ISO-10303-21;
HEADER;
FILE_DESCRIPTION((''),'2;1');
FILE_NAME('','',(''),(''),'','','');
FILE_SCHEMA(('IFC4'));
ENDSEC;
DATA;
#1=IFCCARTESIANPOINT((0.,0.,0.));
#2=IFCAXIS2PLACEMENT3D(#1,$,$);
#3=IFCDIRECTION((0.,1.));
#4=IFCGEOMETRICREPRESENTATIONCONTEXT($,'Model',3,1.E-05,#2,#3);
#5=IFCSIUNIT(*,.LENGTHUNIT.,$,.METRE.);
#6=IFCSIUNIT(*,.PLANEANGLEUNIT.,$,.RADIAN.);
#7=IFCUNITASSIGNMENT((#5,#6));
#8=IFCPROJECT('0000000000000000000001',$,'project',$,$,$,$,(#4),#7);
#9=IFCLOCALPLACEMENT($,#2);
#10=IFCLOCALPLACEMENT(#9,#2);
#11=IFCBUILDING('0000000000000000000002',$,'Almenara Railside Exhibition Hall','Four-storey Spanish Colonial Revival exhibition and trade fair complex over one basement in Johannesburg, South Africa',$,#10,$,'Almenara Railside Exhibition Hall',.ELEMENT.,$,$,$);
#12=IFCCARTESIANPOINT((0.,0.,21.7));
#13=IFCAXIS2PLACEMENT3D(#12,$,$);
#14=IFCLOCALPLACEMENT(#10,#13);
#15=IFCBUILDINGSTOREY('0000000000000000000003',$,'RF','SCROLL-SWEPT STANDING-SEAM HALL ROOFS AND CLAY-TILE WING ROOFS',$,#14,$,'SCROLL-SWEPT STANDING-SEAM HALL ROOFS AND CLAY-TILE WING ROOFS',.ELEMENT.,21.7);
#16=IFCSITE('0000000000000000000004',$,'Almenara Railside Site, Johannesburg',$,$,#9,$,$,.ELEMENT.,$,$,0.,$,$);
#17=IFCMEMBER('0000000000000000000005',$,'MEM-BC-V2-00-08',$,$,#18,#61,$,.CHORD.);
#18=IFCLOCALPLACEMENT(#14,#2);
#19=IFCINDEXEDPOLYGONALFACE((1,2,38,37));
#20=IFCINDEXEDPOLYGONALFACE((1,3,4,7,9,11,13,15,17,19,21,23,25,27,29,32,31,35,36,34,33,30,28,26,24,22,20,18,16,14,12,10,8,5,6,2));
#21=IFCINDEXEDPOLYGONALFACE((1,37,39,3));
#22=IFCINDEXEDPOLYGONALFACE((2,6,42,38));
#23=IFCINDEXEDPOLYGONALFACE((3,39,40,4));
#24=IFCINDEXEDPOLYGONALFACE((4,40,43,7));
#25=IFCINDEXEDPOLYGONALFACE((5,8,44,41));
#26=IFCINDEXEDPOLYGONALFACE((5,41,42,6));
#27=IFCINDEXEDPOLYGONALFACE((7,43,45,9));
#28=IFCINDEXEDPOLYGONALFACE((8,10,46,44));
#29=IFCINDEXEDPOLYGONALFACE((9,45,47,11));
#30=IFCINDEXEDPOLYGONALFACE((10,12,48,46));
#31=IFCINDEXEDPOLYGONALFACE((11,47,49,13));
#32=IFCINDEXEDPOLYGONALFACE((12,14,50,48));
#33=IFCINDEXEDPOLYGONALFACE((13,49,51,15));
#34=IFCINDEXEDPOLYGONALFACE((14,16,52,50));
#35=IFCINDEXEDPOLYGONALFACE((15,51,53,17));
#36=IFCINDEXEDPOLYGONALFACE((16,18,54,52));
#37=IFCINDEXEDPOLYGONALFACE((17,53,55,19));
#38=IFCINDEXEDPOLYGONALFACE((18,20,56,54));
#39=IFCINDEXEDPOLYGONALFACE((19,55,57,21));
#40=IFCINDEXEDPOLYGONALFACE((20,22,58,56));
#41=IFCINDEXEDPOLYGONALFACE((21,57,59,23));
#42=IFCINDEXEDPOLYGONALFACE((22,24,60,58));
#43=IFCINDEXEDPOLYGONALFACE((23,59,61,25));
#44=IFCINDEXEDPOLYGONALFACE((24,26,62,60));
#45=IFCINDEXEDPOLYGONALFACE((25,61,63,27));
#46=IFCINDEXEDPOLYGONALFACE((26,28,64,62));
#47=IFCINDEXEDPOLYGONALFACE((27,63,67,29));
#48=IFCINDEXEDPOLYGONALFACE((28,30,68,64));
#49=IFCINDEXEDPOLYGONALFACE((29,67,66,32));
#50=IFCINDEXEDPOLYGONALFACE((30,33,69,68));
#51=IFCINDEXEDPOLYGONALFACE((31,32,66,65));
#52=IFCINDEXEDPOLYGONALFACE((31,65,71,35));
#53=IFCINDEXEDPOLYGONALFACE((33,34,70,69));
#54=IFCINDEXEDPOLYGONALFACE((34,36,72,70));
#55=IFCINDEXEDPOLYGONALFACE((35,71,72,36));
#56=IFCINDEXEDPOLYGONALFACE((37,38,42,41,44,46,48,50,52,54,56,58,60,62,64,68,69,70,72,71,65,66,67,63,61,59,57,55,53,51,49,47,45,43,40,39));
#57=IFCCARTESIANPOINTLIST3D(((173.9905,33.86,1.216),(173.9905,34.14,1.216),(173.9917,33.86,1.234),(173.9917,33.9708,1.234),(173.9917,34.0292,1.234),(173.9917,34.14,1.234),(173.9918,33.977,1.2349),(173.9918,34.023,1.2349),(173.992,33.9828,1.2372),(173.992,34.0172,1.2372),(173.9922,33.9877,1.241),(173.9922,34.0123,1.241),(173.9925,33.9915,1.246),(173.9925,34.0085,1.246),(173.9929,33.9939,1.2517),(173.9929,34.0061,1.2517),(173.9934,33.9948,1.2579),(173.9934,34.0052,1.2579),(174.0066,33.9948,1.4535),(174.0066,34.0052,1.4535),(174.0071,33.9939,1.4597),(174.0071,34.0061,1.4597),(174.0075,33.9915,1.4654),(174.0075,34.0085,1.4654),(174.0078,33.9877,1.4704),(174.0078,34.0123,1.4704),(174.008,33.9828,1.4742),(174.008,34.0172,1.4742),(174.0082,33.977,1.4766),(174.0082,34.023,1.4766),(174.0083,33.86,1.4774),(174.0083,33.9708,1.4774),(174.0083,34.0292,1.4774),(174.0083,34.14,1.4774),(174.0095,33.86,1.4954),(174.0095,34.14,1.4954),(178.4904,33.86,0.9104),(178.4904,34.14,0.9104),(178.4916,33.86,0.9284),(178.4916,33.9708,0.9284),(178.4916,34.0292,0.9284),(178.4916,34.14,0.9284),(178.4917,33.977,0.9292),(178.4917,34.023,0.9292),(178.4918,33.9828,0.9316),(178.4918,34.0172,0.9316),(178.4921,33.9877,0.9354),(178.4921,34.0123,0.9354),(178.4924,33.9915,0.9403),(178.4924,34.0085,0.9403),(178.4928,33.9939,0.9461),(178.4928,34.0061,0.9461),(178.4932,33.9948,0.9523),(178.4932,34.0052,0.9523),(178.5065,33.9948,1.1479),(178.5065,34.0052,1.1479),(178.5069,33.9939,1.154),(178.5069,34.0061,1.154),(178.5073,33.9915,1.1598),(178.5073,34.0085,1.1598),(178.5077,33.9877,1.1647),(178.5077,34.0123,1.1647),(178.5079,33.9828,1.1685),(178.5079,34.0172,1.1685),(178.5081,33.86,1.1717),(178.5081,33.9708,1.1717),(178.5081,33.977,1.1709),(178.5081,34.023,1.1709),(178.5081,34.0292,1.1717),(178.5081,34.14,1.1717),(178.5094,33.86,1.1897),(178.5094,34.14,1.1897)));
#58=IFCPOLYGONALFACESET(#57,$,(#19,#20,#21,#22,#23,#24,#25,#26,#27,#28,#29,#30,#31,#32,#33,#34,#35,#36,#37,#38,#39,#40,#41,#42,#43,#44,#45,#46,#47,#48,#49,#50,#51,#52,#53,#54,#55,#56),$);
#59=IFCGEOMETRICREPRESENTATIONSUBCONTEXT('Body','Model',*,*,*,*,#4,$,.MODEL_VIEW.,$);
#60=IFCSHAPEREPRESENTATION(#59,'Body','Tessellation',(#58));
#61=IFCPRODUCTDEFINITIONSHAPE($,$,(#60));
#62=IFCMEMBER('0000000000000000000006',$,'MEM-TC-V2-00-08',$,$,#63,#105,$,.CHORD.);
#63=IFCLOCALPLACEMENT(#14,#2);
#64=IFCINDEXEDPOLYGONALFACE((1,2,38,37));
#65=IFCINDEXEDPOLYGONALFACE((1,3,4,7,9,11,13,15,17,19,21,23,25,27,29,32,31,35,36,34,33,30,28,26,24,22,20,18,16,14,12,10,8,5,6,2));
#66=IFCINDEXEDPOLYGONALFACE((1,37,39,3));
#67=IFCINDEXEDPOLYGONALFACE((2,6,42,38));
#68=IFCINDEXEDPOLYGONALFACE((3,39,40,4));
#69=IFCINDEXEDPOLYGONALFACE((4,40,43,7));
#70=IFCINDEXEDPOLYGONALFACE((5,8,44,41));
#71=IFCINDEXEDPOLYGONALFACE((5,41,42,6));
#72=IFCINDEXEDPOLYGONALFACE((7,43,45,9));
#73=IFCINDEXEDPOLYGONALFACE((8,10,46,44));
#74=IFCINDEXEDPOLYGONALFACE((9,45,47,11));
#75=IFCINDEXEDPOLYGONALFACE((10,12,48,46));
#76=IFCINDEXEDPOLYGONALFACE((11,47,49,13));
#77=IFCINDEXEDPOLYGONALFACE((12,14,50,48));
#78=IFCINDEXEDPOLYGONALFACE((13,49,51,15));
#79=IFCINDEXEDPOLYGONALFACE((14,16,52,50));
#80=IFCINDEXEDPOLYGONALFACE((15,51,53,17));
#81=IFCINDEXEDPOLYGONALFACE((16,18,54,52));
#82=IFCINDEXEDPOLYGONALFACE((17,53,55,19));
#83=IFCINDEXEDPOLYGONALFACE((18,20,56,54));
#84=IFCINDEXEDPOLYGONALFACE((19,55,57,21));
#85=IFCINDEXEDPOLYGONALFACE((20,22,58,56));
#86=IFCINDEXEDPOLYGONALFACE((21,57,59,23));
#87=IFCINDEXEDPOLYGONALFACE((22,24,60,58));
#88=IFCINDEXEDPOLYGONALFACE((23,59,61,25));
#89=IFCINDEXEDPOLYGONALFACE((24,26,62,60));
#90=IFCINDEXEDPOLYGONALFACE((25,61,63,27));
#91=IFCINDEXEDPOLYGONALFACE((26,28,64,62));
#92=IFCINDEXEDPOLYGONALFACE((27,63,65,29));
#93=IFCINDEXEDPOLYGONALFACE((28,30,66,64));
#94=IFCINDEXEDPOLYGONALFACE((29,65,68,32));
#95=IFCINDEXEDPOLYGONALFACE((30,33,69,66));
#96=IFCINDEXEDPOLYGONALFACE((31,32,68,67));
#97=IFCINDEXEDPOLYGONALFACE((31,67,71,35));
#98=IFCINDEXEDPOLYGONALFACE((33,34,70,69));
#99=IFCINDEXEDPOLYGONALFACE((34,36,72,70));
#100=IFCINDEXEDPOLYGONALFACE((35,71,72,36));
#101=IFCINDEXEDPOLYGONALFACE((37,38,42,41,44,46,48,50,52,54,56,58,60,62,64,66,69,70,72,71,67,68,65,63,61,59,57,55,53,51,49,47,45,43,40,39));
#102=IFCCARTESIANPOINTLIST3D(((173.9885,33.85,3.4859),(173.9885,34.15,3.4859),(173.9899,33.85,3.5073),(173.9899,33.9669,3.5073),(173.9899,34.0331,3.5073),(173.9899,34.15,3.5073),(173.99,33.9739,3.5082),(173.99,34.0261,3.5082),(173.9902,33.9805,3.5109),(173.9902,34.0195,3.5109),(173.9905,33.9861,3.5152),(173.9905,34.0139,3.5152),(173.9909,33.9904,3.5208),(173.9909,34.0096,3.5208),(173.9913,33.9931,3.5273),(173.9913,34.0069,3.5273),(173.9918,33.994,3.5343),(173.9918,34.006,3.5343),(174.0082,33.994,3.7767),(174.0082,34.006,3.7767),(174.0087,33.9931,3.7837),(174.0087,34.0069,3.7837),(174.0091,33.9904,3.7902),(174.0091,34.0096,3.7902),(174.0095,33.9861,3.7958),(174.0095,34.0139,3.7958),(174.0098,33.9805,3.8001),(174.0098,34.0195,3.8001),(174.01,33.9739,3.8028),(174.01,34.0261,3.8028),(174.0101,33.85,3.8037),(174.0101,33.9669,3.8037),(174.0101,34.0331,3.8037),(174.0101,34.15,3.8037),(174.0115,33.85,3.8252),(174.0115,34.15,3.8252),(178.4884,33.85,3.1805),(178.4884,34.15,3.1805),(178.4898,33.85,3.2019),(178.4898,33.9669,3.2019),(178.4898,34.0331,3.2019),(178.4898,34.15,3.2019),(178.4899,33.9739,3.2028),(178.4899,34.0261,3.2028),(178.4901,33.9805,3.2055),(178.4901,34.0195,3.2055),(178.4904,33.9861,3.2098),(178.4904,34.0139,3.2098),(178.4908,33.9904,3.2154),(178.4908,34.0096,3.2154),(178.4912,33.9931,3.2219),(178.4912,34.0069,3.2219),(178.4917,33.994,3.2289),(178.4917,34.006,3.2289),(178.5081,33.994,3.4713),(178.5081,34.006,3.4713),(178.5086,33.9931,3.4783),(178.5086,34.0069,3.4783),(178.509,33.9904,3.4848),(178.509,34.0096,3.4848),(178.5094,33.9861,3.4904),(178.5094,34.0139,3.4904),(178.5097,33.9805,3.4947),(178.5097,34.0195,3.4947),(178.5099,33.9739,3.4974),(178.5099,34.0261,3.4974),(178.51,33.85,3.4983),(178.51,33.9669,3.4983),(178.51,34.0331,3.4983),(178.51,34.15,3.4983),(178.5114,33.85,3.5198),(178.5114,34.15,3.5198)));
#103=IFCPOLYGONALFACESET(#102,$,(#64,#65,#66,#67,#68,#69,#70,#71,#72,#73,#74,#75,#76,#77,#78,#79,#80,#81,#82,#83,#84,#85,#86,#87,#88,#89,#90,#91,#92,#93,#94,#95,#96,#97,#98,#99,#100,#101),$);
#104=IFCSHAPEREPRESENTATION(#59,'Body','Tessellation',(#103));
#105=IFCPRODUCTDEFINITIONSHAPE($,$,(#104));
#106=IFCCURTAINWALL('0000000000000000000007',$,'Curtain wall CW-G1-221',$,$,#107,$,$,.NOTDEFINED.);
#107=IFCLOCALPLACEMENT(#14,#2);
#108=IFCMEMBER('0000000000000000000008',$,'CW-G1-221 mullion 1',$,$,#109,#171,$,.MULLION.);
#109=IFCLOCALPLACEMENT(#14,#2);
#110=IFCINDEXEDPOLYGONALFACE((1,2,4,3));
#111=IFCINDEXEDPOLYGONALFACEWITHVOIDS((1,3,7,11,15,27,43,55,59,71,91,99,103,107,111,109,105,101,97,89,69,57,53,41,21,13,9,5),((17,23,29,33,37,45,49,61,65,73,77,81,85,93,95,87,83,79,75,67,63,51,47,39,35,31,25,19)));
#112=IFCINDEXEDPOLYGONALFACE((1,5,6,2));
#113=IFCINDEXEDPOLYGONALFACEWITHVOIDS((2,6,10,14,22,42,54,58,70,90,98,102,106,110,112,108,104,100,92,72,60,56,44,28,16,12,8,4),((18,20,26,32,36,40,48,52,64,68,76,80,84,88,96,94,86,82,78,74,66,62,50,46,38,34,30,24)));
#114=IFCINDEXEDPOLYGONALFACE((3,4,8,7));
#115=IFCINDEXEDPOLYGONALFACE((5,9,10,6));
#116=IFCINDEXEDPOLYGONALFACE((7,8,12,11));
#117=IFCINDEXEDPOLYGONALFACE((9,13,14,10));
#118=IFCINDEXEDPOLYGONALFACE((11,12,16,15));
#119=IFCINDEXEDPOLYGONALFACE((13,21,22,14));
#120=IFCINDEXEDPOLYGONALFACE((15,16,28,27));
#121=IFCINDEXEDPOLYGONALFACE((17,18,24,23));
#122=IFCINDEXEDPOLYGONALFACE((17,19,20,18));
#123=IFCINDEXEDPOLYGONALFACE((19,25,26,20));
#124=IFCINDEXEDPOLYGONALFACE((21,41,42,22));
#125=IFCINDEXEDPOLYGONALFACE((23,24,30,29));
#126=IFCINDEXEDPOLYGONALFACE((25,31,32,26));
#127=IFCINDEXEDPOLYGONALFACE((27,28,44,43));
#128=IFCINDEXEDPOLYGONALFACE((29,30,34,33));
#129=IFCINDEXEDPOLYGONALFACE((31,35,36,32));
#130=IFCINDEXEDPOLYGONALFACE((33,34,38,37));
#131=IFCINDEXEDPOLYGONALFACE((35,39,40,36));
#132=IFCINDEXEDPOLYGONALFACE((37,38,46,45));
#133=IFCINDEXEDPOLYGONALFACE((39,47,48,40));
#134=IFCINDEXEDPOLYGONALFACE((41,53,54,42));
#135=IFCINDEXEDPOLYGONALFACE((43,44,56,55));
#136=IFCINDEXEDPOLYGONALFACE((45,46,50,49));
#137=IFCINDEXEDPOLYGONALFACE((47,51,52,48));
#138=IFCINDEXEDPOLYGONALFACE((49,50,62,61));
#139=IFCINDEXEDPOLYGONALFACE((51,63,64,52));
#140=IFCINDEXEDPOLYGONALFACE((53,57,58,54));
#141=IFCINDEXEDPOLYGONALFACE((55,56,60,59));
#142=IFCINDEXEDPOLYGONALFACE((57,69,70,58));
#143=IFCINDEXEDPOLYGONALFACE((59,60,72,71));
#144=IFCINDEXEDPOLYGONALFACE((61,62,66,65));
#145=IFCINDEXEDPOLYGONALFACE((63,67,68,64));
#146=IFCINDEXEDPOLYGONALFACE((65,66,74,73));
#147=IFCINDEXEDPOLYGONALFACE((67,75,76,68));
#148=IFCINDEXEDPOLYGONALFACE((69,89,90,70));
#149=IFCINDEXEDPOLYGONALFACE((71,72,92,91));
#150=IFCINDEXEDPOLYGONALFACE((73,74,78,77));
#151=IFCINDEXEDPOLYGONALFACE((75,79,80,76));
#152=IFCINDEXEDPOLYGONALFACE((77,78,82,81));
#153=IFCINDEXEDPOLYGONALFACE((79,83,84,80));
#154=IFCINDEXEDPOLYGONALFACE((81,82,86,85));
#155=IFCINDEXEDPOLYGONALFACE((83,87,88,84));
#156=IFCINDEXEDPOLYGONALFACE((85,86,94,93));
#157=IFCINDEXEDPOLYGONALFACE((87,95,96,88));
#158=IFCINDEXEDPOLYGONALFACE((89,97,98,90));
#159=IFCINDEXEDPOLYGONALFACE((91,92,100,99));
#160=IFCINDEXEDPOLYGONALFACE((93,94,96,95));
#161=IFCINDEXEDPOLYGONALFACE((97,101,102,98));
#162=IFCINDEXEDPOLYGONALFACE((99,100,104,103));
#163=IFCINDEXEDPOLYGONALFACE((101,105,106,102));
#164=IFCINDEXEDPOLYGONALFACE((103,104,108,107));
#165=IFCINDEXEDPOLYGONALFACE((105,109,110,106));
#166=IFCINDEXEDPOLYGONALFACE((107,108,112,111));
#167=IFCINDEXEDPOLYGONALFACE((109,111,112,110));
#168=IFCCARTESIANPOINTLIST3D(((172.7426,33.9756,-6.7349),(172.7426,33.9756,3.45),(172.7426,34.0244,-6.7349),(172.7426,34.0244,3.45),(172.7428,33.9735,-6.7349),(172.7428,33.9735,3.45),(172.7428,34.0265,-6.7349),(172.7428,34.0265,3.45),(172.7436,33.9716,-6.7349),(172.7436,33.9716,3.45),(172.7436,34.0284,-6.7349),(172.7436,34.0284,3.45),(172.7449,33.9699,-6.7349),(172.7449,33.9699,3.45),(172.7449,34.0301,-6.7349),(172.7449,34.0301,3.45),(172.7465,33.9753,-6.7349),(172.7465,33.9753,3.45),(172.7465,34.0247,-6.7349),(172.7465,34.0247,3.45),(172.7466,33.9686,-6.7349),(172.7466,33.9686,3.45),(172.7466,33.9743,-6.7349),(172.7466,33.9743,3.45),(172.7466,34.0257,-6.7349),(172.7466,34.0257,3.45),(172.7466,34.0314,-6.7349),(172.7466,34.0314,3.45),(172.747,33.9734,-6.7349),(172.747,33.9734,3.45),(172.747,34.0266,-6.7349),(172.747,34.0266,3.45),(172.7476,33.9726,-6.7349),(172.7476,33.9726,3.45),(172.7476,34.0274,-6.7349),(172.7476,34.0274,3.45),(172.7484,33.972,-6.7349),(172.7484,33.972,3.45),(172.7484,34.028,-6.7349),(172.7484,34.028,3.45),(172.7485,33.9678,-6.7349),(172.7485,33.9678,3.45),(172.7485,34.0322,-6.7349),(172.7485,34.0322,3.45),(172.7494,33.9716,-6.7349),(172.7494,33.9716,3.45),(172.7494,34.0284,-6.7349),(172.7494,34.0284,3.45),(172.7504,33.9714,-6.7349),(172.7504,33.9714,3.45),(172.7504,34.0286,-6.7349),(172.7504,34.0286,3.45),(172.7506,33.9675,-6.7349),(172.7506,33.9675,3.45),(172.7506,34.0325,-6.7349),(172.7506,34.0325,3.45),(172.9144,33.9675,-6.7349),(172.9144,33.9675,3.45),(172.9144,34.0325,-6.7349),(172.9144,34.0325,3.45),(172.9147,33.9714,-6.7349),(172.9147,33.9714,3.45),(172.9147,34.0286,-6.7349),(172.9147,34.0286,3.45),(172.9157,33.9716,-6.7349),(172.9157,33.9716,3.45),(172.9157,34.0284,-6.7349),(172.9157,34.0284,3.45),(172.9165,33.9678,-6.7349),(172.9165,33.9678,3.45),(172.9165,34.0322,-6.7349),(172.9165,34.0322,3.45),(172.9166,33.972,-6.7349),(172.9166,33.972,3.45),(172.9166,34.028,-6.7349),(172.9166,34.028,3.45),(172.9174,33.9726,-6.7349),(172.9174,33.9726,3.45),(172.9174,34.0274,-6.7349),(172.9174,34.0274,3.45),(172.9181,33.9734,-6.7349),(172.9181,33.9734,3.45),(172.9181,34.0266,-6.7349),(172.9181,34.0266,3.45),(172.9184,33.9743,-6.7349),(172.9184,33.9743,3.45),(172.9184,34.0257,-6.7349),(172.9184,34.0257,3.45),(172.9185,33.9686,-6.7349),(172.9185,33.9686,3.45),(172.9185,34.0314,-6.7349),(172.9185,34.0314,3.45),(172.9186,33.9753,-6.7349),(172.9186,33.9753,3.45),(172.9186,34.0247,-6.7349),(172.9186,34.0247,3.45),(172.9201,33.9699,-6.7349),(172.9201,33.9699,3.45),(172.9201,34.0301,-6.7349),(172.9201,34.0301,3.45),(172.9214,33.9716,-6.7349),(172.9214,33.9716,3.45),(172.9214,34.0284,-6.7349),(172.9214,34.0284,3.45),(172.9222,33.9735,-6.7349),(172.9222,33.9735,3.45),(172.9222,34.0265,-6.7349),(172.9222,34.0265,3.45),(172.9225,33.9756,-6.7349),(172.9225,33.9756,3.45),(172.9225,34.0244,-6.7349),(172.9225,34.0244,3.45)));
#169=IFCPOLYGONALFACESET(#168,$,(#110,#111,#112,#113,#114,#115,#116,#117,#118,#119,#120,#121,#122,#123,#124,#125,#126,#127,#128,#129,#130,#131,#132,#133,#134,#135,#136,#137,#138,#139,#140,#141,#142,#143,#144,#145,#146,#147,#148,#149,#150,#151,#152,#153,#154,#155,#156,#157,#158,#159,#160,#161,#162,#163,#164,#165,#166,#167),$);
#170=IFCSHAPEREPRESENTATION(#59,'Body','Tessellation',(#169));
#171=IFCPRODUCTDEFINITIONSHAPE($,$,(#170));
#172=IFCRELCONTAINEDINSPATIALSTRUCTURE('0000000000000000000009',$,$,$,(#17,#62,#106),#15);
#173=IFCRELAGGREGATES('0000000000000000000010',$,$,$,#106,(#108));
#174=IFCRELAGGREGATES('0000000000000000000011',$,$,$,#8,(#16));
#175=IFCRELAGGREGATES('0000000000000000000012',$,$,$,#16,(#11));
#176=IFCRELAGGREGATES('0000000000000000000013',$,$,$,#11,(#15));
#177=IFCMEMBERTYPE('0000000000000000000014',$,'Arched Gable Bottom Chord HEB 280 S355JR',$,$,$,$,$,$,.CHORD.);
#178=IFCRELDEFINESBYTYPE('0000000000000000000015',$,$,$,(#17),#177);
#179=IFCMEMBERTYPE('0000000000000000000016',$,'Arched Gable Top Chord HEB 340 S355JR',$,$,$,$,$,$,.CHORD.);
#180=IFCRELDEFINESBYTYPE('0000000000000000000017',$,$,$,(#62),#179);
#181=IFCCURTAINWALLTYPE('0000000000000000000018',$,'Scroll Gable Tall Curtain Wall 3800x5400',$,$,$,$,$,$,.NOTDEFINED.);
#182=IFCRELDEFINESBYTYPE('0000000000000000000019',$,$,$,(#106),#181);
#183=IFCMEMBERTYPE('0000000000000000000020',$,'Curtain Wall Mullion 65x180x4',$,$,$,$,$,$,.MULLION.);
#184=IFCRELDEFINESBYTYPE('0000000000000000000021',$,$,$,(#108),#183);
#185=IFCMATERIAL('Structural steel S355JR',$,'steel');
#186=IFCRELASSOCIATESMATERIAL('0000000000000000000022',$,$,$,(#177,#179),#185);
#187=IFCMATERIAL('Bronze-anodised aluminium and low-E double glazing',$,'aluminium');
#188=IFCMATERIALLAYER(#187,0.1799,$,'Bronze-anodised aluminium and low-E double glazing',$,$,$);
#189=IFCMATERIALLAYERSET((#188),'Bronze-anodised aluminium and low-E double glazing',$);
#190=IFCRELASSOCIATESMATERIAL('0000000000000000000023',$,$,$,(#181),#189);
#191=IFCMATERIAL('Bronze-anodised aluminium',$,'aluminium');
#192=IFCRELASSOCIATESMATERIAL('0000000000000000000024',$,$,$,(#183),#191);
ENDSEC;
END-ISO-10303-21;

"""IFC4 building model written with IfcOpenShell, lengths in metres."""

from ifc_helpers import new_model, si_unit, direction, frame, origin, origin_2d, place, context, subcontext, project, spatial, hollow_rectangle, i_section, extrude, material, layer, layer_set, material_profile, profile_set, type_object, element, aggregate, save


model = new_model("IFC4")

# Units and contexts
model_context = context("Model", 3, precision=1e-05, world=origin(), true_north=direction((0.0, 1.0)))
body_context = subcontext(model_context, "Body", "Model", "MODEL_VIEW")
ifc_project = project(units=[si_unit("LENGTHUNIT", "METRE"), si_unit("PLANEANGLEUNIT", "RADIAN")], contexts=[model_context])

# Site, building, storey
site_placement = place(None, origin())
site = spatial("IfcSite", under=ifc_project, at=site_placement, Name="Almenara Railside Site, Johannesburg", CompositionType="ELEMENT", RefElevation=0.0)
building_placement = place(site_placement, origin())
building = spatial("IfcBuilding", under=site, at=building_placement, Name="Almenara Railside Exhibition Hall", Description="Four-storey Spanish Colonial Revival exhibition and trade fair complex over one basement in Johannesburg, South Africa", LongName="Almenara Railside Exhibition Hall", CompositionType="ELEMENT")
storey_placement = place(building_placement, frame((0.0, 0.0, 21.7)))
storey = spatial("IfcBuildingStorey", under=building, at=storey_placement, Name="RF", Description="SCROLL-SWEPT STANDING-SEAM HALL ROOFS AND CLAY-TILE WING ROOFS", LongName="SCROLL-SWEPT STANDING-SEAM HALL ROOFS AND CLAY-TILE WING ROOFS", CompositionType="ELEMENT", Elevation=21.7)

# Members
ifc_material_1 = material(Name="Structural steel S355JR", Category="steel")
ifc_material_profile_1 = material_profile(ifc_material_1, i_section(OverallWidth=0.28, OverallDepth=0.28, WebThickness=0.0105, FlangeThickness=0.0181, FilletRadius=0.0239, at=origin_2d()), Name="HEB 280")
ifc_profile_set_1 = profile_set([ifc_material_profile_1], Name="Structural steel S355JR")
member_type_1 = type_object("IfcMemberType", Name="Arched Gable Bottom Chord HEB 280 S355JR", PredefinedType="CHORD", material=ifc_profile_set_1)
member_1_placement = place(storey_placement, frame((174.0, 34.0, 1.3557), z_axis=(0.997701, 0.0, -0.067769), x_axis=(0.0, 1.0, 0.0)))
element("IfcMember", 1, at=member_1_placement, inside=storey, type_object=member_type_1, Name="MEM-BC-V2-00-08", PredefinedType="CHORD", context=body_context, shape_type="SweptSolid", body=[
    extrude(i_section(OverallWidth=0.28, OverallDepth=0.28, WebThickness=0.0105, FlangeThickness=0.0181, FilletRadius=0.0239, at=origin_2d()), origin(), (0.0, 0.0, 1.0), 4.5103),
])
ifc_material_profile_2 = material_profile(ifc_material_1, i_section(OverallWidth=0.3, OverallDepth=0.3401, WebThickness=0.012, FlangeThickness=0.0215, FilletRadius=0.0271, at=origin_2d()), Name="HEB 340")
ifc_profile_set_2 = profile_set([ifc_material_profile_2], Name="Structural steel S355JR")
member_type_2 = type_object("IfcMemberType", Name="Arched Gable Top Chord HEB 340 S355JR", PredefinedType="CHORD", material=ifc_profile_set_2)
member_2_placement = place(storey_placement, frame((174.0, 34.0, 3.6555), z_axis=(0.997705, 0.0, -0.067715), x_axis=(0.0, 1.0, 0.0)))
element("IfcMember", 2, at=member_2_placement, inside=storey, type_object=member_type_2, Name="MEM-TC-V2-00-08", PredefinedType="CHORD", context=body_context, shape_type="SweptSolid", body=[
    extrude(i_section(OverallWidth=0.3, OverallDepth=0.3401, WebThickness=0.012, FlangeThickness=0.0215, FilletRadius=0.0271, at=origin_2d()), origin(), (0.0, 0.0, 1.0), 4.5103),
])

# Curtain wall, member
ifc_material_2 = material(Name="Bronze-anodised aluminium and low-E double glazing", Category="aluminium")
ifc_layer_1 = layer(ifc_material_2, 0.1799, Name="Bronze-anodised aluminium and low-E double glazing")
ifc_layer_set_1 = layer_set([ifc_layer_1], Name="Bronze-anodised aluminium and low-E double glazing")
curtain_wall_type = type_object("IfcCurtainWallType", Name="Scroll Gable Tall Curtain Wall 3800x5400", PredefinedType="NOTDEFINED", material=ifc_layer_set_1)
curtain_wall_1_placement = place(storey_placement, origin())
curtain_wall_1 = element("IfcCurtainWall", 3, at=curtain_wall_1_placement, inside=storey, type_object=curtain_wall_type, Name="Curtain wall CW-G1-221", PredefinedType="NOTDEFINED")
ifc_material_3 = material(Name="Bronze-anodised aluminium", Category="aluminium")
ifc_material_profile_3 = material_profile(ifc_material_3, hollow_rectangle(XDim=0.0649, YDim=0.1799, WallThickness=0.0039, InnerFilletRadius=0.0039, OuterFilletRadius=0.0081, at=origin_2d()), Name="ALU-MUL 65x180x4")
ifc_profile_set_3 = profile_set([ifc_material_profile_3], Name="Bronze-anodised aluminium")
member_type_3 = type_object("IfcMemberType", Name="Curtain Wall Mullion 65x180x4", PredefinedType="MULLION", material=ifc_profile_set_3)
member_3_placement = place(storey_placement, frame((172.8325, 34.0, -6.7349), z_axis=(0.0, 0.0, 1.0), x_axis=(0.0, 1.0, 0.0)))
member_3 = element("IfcMember", 4, at=member_3_placement, type_object=member_type_3, Name="CW-G1-221 mullion 1", PredefinedType="MULLION", context=body_context, shape_type="SweptSolid", body=[
    extrude(hollow_rectangle(XDim=0.0649, YDim=0.1799, WallThickness=0.0039, InnerFilletRadius=0.0039, OuterFilletRadius=0.0081, at=origin_2d()), origin(), (0.0, 0.0, 1.0), 10.1848),
])

aggregate(curtain_wall_1, [member_3])

save(model, "model.ifc")
